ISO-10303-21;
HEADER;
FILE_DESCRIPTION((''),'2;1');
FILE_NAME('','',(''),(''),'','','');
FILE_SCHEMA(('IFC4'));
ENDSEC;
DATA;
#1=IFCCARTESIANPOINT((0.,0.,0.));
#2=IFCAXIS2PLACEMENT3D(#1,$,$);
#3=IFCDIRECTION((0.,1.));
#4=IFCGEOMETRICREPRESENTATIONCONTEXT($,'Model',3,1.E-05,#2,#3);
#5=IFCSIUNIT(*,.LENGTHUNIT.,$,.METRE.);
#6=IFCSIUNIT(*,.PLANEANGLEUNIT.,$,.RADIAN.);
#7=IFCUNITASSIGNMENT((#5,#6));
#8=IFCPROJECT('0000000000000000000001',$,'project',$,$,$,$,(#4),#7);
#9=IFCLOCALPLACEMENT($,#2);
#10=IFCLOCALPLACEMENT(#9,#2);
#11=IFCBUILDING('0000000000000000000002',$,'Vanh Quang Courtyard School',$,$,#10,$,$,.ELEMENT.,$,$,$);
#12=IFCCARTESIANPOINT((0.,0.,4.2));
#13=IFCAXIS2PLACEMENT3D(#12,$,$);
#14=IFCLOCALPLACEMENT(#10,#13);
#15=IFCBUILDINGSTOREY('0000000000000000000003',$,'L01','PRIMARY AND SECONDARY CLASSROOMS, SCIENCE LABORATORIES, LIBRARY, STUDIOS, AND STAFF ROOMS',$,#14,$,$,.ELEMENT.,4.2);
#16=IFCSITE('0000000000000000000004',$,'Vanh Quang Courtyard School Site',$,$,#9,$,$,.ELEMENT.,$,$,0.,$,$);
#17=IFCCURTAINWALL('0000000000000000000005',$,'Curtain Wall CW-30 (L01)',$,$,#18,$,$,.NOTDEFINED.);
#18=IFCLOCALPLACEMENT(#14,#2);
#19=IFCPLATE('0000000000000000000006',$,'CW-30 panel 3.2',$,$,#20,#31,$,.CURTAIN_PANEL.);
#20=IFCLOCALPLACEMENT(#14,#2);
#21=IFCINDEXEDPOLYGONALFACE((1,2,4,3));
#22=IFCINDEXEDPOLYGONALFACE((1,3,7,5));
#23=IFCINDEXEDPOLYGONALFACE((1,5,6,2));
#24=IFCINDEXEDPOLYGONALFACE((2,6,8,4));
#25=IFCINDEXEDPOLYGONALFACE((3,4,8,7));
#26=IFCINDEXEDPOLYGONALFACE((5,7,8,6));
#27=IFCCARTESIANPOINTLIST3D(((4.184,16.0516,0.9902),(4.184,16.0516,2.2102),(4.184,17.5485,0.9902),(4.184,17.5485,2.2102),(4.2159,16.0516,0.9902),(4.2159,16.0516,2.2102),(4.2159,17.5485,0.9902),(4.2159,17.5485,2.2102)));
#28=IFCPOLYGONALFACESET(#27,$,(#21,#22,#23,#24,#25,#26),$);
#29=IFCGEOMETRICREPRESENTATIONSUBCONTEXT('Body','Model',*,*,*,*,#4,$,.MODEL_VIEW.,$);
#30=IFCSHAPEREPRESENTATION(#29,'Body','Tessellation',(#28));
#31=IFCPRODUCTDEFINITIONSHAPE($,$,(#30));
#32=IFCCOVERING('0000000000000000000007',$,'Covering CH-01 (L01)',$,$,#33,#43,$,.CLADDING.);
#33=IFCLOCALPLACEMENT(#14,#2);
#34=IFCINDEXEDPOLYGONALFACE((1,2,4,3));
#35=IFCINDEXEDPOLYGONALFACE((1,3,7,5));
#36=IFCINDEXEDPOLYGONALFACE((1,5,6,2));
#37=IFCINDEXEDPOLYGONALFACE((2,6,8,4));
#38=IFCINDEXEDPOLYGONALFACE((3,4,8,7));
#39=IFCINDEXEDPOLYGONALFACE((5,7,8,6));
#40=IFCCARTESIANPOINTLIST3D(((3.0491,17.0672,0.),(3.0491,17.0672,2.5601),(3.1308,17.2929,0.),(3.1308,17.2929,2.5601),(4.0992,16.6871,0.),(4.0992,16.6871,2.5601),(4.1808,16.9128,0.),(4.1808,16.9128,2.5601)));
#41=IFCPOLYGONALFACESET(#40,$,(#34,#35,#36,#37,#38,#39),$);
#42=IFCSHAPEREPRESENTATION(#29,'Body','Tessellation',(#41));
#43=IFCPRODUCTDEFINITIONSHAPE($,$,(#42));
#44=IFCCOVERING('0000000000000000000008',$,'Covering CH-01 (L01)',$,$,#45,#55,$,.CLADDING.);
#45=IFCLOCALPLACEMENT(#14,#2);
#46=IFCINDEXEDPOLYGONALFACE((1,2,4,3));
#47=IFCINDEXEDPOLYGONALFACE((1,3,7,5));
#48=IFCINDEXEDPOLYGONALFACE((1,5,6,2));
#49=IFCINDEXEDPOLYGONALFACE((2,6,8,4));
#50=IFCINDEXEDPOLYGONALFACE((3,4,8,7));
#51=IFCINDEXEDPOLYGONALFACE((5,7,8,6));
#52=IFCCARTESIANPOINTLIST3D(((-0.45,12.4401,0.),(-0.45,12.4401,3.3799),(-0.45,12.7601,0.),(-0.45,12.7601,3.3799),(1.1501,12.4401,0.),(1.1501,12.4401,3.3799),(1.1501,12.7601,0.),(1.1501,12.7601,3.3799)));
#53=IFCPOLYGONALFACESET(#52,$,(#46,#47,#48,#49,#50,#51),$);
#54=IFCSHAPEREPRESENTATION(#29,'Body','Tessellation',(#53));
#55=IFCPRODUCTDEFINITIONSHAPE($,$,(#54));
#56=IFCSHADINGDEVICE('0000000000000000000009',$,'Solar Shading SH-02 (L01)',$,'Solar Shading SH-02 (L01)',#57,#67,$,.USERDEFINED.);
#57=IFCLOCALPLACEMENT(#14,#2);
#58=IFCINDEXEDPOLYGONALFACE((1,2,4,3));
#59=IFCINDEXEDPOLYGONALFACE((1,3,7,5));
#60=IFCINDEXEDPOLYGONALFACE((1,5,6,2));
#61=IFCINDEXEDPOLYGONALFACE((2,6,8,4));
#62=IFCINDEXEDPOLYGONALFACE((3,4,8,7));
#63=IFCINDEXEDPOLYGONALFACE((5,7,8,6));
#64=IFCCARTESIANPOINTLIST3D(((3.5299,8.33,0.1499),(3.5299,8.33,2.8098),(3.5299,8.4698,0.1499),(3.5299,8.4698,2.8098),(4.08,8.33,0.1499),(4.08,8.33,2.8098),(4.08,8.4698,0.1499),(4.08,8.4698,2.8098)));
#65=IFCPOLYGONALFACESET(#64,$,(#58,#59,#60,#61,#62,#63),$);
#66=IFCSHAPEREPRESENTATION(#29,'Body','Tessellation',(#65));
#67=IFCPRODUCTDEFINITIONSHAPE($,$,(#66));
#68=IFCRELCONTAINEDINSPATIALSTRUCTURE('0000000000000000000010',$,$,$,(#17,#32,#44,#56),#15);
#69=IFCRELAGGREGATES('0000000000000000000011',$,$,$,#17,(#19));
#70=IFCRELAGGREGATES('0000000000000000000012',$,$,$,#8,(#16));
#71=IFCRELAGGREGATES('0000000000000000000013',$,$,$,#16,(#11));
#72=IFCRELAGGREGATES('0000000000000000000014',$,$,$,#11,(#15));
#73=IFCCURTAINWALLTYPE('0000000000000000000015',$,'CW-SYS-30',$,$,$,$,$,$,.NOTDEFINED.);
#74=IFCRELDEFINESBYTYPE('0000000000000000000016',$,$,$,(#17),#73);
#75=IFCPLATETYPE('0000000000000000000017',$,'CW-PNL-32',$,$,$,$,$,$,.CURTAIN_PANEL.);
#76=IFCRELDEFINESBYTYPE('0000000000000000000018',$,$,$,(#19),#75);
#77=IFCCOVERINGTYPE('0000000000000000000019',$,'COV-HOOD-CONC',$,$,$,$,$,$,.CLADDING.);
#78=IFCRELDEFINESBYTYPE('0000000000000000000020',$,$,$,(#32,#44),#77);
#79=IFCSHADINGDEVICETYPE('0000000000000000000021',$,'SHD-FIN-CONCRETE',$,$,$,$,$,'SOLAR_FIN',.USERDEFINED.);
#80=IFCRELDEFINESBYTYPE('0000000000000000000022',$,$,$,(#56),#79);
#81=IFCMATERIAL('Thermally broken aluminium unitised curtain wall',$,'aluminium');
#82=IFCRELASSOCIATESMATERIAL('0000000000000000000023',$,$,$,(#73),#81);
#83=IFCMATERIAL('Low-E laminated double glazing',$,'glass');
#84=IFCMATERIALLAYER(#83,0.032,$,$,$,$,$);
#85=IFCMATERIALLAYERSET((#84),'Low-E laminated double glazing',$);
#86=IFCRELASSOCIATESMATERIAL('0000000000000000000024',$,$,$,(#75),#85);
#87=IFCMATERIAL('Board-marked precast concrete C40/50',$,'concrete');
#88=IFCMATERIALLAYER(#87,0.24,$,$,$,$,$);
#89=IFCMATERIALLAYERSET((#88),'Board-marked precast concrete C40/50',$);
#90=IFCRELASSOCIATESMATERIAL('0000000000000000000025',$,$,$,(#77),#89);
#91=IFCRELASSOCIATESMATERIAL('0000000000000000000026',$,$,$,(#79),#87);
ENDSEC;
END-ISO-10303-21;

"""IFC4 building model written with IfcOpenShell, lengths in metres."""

from ifc_helpers import new_model, si_unit, direction, frame, origin, origin_2d, place, context, subcontext, project, spatial, rectangle, extrude, material, layer, layer_set, type_object, element, aggregate, save


model = new_model("IFC4")

# Units and contexts
model_context = context("Model", 3, precision=1e-05, world=origin(), true_north=direction((0.0, 1.0)))
body_context = subcontext(model_context, "Body", "Model", "MODEL_VIEW")
ifc_project = project(units=[si_unit("LENGTHUNIT", "METRE"), si_unit("PLANEANGLEUNIT", "RADIAN")], contexts=[model_context])

# Site, building, storey
site_placement = place(None, origin())
site = spatial("IfcSite", under=ifc_project, at=site_placement, Name="Vanh Quang Courtyard School Site", CompositionType="ELEMENT", RefElevation=0.0)
building_placement = place(site_placement, origin())
building = spatial("IfcBuilding", under=site, at=building_placement, Name="Vanh Quang Courtyard School", CompositionType="ELEMENT")
storey_placement = place(building_placement, frame((0.0, 0.0, 4.2)))
storey = spatial("IfcBuildingStorey", under=building, at=storey_placement, Name="L01", Description="PRIMARY AND SECONDARY CLASSROOMS, SCIENCE LABORATORIES, LIBRARY, STUDIOS, AND STAFF ROOMS", CompositionType="ELEMENT", Elevation=4.2)

# Curtain wall, plate
ifc_material_1 = material(Name="Thermally broken aluminium unitised curtain wall", Category="aluminium")
curtain_wall_type = type_object("IfcCurtainWallType", Name="CW-SYS-30", PredefinedType="NOTDEFINED", material=ifc_material_1)
curtain_wall_placement = place(storey_placement, origin())
curtain_wall = element("IfcCurtainWall", 1, at=curtain_wall_placement, inside=storey, type_object=curtain_wall_type, Name="Curtain Wall CW-30 (L01)", PredefinedType="NOTDEFINED")
ifc_material_2 = material(Name="Low-E laminated double glazing", Category="glass")
ifc_layer_1 = layer(ifc_material_2, 0.032)
ifc_layer_set_1 = layer_set([ifc_layer_1], Name="Low-E laminated double glazing")
plate_type = type_object("IfcPlateType", Name="CW-PNL-32", PredefinedType="CURTAIN_PANEL", material=ifc_layer_set_1)
plate_1_placement = place(storey_placement, frame((4.2, 16.8, 0.9902), z_axis=(0.0, 0.0, 1.0), x_axis=(0.0, 1.0, 0.0)))
plate_1 = element("IfcPlate", 2, at=plate_1_placement, type_object=plate_type, Name="CW-30 panel 3.2", PredefinedType="CURTAIN_PANEL", context=body_context, shape_type="SweptSolid", body=[
    extrude(rectangle(XDim=1.4968, YDim=0.032, at=origin_2d()), origin(), (0.0, 0.0, 1.0), 1.22),
])
aggregate(curtain_wall, [plate_1])

# Coverings
ifc_material_3 = material(Name="Board-marked precast concrete C40/50", Category="concrete")
ifc_layer_2 = layer(ifc_material_3, 0.24)
ifc_layer_set_2 = layer_set([ifc_layer_2], Name="Board-marked precast concrete C40/50")
covering_type = type_object("IfcCoveringType", Name="COV-HOOD-CONC", PredefinedType="CLADDING", material=ifc_layer_set_2)
covering_1_placement = place(storey_placement, frame((3.615, 16.99, 0.0), z_axis=(0.0, 0.0, 1.0), x_axis=(-0.940288, 0.34038, 0.0)))
element("IfcCovering", 3, at=covering_1_placement, inside=storey, type_object=covering_type, Name="Covering CH-01 (L01)", PredefinedType="CLADDING", context=body_context, shape_type="SweptSolid", body=[
    extrude(rectangle(XDim=1.1167, YDim=0.24, at=origin_2d()), origin(), (0.0, 0.0, 1.0), 2.5601),
])
covering_2_placement = place(storey_placement, frame((0.3501, 12.6001, 0.0), z_axis=(0.0, 0.0, 1.0), x_axis=(1.0, 0.0, 0.0)))
element("IfcCovering", 4, at=covering_2_placement, inside=storey, type_object=covering_type, Name="Covering CH-01 (L01)", PredefinedType="CLADDING", context=body_context, shape_type="SweptSolid", body=[
    extrude(rectangle(XDim=1.6001, YDim=0.3201, at=origin_2d()), origin(), (0.0, 0.0, 1.0), 3.3799),
])

# Shading device
shading_device_type = type_object("IfcShadingDeviceType", Name="SHD-FIN-CONCRETE", ElementType="SOLAR_FIN", PredefinedType="USERDEFINED", material=ifc_material_3)
shading_device_placement = place(storey_placement, frame((3.8049, 8.3999, 0.1499), z_axis=(0.0, 0.0, 1.0), x_axis=(0.0, 1.0, 0.0)))
element("IfcShadingDevice", 5, at=shading_device_placement, inside=storey, type_object=shading_device_type, Name="Solar Shading SH-02 (L01)", ObjectType="Solar Shading SH-02 (L01)", PredefinedType="USERDEFINED", context=body_context, shape_type="SweptSolid", body=[
    extrude(rectangle(XDim=0.1399, YDim=0.55, at=origin_2d()), origin(), (0.0, 0.0, 1.0), 2.6599),
])

save(model, "model.ifc")
